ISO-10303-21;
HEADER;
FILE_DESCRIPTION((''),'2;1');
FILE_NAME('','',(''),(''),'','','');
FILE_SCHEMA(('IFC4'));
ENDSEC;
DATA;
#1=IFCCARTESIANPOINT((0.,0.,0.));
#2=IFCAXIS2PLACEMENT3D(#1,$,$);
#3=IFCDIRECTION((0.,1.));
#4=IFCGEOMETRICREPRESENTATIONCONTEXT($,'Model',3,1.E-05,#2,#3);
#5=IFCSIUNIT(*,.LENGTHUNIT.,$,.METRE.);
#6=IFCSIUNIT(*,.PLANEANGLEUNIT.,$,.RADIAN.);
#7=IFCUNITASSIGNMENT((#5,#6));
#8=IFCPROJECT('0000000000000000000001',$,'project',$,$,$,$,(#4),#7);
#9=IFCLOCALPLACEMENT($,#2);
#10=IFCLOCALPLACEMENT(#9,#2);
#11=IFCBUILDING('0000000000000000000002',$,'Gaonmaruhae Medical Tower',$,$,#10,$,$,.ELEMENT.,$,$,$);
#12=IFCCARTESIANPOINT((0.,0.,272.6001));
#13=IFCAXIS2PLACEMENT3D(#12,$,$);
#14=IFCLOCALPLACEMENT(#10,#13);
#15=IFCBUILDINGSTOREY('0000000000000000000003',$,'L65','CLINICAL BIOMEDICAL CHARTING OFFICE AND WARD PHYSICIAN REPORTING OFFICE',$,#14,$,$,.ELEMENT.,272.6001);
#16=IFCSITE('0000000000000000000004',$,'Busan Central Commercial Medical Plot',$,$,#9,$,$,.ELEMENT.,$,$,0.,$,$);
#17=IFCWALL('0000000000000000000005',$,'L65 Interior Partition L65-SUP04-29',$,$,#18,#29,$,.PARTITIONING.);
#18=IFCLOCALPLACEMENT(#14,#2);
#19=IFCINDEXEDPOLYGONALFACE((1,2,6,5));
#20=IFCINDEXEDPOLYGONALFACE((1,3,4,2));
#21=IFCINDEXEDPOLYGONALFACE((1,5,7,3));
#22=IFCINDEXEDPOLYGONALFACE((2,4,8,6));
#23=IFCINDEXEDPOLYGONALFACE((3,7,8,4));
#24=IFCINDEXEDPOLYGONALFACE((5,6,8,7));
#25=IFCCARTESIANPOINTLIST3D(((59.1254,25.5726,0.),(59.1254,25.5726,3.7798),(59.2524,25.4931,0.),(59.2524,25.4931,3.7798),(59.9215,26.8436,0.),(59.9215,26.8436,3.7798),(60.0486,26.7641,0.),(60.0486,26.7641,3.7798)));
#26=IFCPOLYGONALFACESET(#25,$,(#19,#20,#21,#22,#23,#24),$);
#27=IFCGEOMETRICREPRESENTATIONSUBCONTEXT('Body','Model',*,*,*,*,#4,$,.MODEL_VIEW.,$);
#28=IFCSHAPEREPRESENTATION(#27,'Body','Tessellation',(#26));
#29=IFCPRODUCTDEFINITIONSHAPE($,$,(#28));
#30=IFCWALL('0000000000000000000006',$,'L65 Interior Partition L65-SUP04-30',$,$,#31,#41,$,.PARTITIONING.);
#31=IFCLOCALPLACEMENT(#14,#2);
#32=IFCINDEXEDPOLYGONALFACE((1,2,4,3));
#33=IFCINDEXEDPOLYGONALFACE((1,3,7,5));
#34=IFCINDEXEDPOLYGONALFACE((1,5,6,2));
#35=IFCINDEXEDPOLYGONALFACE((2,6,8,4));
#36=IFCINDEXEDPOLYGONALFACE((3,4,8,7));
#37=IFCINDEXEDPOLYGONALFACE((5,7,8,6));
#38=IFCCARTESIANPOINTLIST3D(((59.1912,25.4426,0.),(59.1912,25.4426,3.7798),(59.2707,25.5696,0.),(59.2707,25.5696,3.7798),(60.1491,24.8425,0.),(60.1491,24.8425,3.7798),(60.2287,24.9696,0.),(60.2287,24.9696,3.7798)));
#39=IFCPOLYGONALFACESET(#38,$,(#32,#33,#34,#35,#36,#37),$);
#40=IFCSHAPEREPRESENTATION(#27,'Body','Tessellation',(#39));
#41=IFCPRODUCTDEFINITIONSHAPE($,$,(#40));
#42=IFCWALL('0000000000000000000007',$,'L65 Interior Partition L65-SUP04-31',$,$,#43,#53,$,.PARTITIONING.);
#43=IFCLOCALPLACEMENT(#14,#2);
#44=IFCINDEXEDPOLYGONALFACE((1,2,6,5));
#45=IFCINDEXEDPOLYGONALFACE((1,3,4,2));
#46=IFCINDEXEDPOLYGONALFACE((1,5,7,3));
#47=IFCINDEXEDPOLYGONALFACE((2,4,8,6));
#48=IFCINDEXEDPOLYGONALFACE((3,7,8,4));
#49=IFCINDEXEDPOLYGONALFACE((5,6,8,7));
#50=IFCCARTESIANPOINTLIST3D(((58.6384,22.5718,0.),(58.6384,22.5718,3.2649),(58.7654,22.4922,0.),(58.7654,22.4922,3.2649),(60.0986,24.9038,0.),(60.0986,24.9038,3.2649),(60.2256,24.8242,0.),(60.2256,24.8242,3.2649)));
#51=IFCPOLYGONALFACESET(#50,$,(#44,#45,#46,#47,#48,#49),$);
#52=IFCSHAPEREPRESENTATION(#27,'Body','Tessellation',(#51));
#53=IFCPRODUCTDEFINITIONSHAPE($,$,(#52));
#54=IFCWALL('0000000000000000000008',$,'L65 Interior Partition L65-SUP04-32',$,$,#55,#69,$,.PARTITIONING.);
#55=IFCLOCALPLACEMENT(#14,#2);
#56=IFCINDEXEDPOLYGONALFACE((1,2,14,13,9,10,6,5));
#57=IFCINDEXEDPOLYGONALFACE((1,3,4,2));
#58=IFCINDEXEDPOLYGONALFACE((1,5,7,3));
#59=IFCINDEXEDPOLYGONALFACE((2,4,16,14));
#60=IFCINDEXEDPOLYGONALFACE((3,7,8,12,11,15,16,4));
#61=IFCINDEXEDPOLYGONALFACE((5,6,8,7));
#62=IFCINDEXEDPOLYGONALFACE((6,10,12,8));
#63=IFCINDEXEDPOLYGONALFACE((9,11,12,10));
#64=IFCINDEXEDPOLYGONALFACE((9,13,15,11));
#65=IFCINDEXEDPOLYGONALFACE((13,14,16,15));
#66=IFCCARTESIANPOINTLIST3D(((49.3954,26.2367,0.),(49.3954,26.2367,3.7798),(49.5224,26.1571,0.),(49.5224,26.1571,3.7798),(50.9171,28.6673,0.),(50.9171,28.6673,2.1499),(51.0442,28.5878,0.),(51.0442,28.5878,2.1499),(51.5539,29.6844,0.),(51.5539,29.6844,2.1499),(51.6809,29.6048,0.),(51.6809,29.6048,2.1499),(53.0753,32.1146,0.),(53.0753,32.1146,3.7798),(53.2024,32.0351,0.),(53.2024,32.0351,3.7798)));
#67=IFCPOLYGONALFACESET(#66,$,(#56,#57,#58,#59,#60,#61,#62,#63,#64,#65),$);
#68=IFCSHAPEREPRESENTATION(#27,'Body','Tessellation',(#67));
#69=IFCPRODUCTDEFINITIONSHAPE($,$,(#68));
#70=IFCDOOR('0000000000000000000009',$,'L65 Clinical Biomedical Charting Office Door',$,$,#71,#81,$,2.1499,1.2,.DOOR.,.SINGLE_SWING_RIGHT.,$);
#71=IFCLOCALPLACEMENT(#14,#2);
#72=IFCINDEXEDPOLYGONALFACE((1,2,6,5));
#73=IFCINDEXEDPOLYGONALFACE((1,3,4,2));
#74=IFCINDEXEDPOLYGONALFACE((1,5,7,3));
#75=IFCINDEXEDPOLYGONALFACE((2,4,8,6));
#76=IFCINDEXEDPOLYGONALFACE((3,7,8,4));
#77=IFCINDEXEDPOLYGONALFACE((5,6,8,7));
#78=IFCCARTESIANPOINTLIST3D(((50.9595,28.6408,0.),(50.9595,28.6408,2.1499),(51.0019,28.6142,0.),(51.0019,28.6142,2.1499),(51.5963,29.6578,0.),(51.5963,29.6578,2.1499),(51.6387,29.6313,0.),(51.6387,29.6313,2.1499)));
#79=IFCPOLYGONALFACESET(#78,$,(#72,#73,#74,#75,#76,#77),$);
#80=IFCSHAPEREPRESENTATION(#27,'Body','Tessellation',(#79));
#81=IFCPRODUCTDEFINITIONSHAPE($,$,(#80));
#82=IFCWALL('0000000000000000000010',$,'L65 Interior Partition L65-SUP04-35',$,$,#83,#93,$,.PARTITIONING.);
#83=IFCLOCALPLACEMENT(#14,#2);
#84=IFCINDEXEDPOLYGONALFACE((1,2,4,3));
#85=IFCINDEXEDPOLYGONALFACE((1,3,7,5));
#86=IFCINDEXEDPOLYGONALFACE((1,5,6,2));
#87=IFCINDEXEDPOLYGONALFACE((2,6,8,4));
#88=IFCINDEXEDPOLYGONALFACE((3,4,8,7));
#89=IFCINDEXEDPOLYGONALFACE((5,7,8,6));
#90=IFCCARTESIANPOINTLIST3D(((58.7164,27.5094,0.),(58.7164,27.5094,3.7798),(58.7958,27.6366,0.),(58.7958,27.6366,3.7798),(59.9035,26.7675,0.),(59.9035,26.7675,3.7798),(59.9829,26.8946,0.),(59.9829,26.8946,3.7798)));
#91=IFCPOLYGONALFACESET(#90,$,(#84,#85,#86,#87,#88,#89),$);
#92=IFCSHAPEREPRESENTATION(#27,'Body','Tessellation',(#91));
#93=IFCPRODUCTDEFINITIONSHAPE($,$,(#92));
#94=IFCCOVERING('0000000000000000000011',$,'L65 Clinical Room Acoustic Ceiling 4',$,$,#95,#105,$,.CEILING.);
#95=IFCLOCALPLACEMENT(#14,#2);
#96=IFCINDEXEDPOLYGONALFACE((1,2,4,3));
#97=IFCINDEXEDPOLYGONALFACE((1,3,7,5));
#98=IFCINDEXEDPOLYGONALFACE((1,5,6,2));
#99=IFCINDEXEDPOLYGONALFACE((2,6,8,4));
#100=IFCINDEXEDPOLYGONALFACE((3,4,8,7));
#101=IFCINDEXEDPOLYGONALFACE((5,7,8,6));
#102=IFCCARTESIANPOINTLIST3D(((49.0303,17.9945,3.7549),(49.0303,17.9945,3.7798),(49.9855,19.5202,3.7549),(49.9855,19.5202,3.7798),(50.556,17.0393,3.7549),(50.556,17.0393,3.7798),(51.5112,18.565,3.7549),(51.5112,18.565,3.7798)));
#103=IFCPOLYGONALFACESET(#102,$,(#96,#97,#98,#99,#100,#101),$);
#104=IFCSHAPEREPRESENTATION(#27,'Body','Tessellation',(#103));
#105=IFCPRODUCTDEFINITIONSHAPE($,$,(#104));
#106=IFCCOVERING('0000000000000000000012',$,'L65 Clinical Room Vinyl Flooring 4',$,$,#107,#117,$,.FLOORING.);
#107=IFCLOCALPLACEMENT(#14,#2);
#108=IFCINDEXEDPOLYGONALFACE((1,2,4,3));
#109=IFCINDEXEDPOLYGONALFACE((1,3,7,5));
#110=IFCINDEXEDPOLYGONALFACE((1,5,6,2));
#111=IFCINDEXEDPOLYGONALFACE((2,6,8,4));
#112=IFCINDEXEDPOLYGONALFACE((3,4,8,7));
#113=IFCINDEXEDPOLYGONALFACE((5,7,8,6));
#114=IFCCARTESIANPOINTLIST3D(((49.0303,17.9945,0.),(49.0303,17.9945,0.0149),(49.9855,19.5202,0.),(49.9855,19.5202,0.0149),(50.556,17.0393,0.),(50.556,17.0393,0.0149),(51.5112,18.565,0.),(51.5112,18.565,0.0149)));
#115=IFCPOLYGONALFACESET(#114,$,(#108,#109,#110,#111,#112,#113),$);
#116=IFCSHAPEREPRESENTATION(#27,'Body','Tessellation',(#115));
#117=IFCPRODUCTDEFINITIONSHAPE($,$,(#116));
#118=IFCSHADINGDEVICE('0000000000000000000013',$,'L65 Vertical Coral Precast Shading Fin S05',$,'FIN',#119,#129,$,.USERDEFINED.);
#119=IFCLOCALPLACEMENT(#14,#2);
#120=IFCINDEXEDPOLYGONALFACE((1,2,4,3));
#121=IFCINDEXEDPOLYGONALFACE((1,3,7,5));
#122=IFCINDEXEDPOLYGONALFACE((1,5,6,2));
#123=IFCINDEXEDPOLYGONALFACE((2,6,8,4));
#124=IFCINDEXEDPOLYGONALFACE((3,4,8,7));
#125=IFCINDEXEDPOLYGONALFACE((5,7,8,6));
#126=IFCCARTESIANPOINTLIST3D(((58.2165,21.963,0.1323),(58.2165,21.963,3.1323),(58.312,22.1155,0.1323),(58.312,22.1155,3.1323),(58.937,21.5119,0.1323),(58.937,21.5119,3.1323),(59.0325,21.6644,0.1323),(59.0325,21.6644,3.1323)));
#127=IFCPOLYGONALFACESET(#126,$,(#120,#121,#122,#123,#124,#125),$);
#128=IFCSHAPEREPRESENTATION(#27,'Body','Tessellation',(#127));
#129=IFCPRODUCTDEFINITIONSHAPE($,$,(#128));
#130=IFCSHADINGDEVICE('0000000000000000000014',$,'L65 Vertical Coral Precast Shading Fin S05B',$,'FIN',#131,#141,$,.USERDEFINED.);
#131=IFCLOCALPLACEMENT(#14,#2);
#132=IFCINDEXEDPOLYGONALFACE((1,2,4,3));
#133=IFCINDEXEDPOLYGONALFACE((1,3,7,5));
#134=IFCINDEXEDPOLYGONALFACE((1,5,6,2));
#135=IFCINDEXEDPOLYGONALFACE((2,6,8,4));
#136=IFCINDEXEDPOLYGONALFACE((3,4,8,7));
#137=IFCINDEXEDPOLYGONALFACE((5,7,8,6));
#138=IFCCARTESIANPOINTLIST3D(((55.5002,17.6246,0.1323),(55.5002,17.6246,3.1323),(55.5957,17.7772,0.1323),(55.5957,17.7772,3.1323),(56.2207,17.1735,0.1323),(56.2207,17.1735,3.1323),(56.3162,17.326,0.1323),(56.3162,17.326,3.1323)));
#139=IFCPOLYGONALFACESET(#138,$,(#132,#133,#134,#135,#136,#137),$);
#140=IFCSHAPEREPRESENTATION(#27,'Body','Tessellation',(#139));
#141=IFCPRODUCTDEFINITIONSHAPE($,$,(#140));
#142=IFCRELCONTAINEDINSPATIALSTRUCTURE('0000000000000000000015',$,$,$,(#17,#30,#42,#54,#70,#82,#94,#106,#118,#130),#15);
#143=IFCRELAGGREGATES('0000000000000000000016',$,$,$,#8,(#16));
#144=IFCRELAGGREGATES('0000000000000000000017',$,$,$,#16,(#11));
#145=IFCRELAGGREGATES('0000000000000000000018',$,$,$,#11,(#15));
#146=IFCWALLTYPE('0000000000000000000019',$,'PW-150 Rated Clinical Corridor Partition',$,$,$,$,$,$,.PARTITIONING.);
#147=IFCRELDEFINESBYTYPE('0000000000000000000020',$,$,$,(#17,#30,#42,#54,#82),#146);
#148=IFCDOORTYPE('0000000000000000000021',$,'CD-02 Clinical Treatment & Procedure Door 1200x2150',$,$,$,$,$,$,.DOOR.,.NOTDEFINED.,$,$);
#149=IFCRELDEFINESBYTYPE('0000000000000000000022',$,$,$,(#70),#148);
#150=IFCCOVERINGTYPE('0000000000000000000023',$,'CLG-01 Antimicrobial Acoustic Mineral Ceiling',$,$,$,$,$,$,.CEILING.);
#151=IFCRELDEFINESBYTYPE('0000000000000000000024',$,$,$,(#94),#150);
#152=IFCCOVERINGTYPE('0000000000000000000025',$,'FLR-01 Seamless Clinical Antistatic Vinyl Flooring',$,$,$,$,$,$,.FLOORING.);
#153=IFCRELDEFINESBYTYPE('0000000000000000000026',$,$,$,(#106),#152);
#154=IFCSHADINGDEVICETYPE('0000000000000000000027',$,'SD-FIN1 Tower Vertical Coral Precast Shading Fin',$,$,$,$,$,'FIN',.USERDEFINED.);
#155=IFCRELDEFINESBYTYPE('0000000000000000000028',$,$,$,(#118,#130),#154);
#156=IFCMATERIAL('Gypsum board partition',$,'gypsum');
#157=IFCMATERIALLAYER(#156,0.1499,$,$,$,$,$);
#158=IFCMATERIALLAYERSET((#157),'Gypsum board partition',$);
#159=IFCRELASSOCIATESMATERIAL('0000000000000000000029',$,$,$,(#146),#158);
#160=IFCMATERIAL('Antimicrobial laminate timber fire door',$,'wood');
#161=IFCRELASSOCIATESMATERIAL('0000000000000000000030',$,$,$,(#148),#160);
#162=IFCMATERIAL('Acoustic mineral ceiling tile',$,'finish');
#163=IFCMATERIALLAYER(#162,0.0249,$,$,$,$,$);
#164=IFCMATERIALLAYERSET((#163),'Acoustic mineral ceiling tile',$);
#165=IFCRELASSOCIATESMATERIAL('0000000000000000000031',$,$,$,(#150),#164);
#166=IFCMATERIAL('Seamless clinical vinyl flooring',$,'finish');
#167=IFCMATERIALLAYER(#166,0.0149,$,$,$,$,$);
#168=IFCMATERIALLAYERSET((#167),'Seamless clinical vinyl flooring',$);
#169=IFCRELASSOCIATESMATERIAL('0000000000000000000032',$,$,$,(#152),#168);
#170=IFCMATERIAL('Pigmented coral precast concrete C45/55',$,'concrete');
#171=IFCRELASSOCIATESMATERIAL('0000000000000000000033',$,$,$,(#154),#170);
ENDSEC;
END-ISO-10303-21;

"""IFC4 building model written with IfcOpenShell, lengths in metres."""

from ifc_helpers import new_model, si_unit, direction, frame, frame_2d, origin, origin_2d, place, context, subcontext, project, spatial, rectangle, extrude, material, layer, layer_set, type_object, element, fill, save


model = new_model("IFC4")

# Units and contexts
model_context = context("Model", 3, precision=1e-05, world=origin(), true_north=direction((0.0, 1.0)))
body_context = subcontext(model_context, "Body", "Model", "MODEL_VIEW")
ifc_project = project(units=[si_unit("LENGTHUNIT", "METRE"), si_unit("PLANEANGLEUNIT", "RADIAN")], contexts=[model_context])

# Site, building, storey
site_placement = place(None, origin())
site = spatial("IfcSite", under=ifc_project, at=site_placement, Name="Busan Central Commercial Medical Plot", CompositionType="ELEMENT", RefElevation=0.0)
building_placement = place(site_placement, origin())
building = spatial("IfcBuilding", under=site, at=building_placement, Name="Gaonmaruhae Medical Tower", CompositionType="ELEMENT")
storey_placement = place(building_placement, frame((0.0, 0.0, 272.6001)))
storey = spatial("IfcBuildingStorey", under=building, at=storey_placement, Name="L65", Description="CLINICAL BIOMEDICAL CHARTING OFFICE AND WARD PHYSICIAN REPORTING OFFICE", CompositionType="ELEMENT", Elevation=272.6001)

# Walls
ifc_material_1 = material(Name="Gypsum board partition", Category="gypsum")
ifc_layer_1 = layer(ifc_material_1, 0.1499)
ifc_layer_set_1 = layer_set([ifc_layer_1], Name="Gypsum board partition")
wall_type_1 = type_object("IfcWallType", Name="PW-150 Rated Clinical Corridor Partition", PredefinedType="PARTITIONING", material=ifc_layer_set_1)
wall_1_placement = place(storey_placement, frame((59.9851, 26.804, 0.0), z_axis=(0.0, 0.0, 1.0), x_axis=(-0.530847, -0.847467, 0.0)))
element("IfcWall", 1, at=wall_1_placement, inside=storey, type_object=wall_type_1, Name="L65 Interior Partition L65-SUP04-29", PredefinedType="PARTITIONING", context=body_context, shape_type="SweptSolid", body=[
    extrude(rectangle(XDim=1.4998, YDim=0.1499, at=frame_2d((0.75, 0.0))), origin(), (0.0, 0.0, 1.0), 3.7798),
])
wall_2_placement = place(storey_placement, frame((59.231, 25.5061, 0.0), z_axis=(0.0, 0.0, 1.0), x_axis=(0.847464, -0.530853, 0.0)))
element("IfcWall", 2, at=wall_2_placement, inside=storey, type_object=wall_type_1, Name="L65 Interior Partition L65-SUP04-30", PredefinedType="PARTITIONING", context=body_context, shape_type="SweptSolid", body=[
    extrude(rectangle(XDim=1.1304, YDim=0.1499, at=frame_2d((0.5652, 0.0))), origin(), (0.0, 0.0, 1.0), 3.7798),
])
wall_3_placement = place(storey_placement, frame((60.1621, 24.864, 0.0), z_axis=(0.0, 0.0, 1.0), x_axis=(-0.530701, -0.847559, 0.0)))
element("IfcWall", 3, at=wall_3_placement, inside=storey, type_object=wall_type_1, Name="L65 Interior Partition L65-SUP04-31", PredefinedType="PARTITIONING", context=body_context, shape_type="SweptSolid", body=[
    extrude(rectangle(XDim=2.7515, YDim=0.1499, at=frame_2d((1.3757, 0.0))), origin(), (0.0, 0.0, 1.0), 3.2649),
])

# Wall, opening, door
wall_4_placement = place(storey_placement, frame((49.459, 26.197, 0.0), z_axis=(0.0, 0.0, 1.0), x_axis=(0.530644, 0.847595, 0.0)))
wall_4 = element("IfcWall", 4, at=wall_4_placement, inside=storey, type_object=wall_type_1, Name="L65 Interior Partition L65-SUP04-32", PredefinedType="PARTITIONING", context=body_context, shape_type="SweptSolid", body=[
    extrude(rectangle(XDim=6.9348, YDim=0.1499, at=frame_2d((3.4673, 0.0))), origin(), (0.0, 0.0, 1.0), 3.7798),
])
opening_1_placement = place(wall_4_placement, frame((2.8674, 0.0, 0.0)))
opening_1 = element("IfcOpeningElement", 5, at=opening_1_placement, cuts=wall_4, PredefinedType="OPENING", context=body_context, shape_type="SweptSolid", body=[
    extrude(rectangle(XDim=1.2, YDim=2.1499, at=frame_2d((0.6001, 1.075))), frame((0.0, 0.085, 0.0), z_axis=(0.0, -1.0, 0.0), x_axis=(1.0, 0.0, 0.0)), (0.0, 0.0, 1.0), 0.1699),
])
ifc_material_2 = material(Name="Antimicrobial laminate timber fire door", Category="wood")
door_type = type_object("IfcDoorType", Name="CD-02 Clinical Treatment & Procedure Door 1200x2150", OperationType="NOTDEFINED", PredefinedType="DOOR", material=ifc_material_2)
door_1_placement = place(opening_1_placement, origin())
door_1 = element("IfcDoor", 6, at=door_1_placement, inside=storey, type_object=door_type, Name="L65 Clinical Biomedical Charting Office Door", OperationType="SINGLE_SWING_RIGHT", OverallHeight=2.1499, OverallWidth=1.2, PredefinedType="DOOR", context=body_context, shape_type="SweptSolid", body=[
    extrude(rectangle(XDim=1.2, YDim=2.1499, at=frame_2d((0.6001, 1.075))), frame((0.0, 0.0249, 0.0), z_axis=(0.0, -1.0, 0.0), x_axis=(1.0, 0.0, 0.0)), (0.0, 0.0, 1.0), 0.05),
])
fill(opening_1, door_1)

# Wall
wall_5_placement = place(storey_placement, frame((58.7561, 27.573, 0.0), z_axis=(0.0, 0.0, 1.0), x_axis=(0.847979, -0.53003, 0.0)))
element("IfcWall", 7, at=wall_5_placement, inside=storey, type_object=wall_type_1, Name="L65 Interior Partition L65-SUP04-35", PredefinedType="PARTITIONING", context=body_context, shape_type="SweptSolid", body=[
    extrude(rectangle(XDim=1.3999, YDim=0.1499, at=frame_2d((0.7, 0.0))), origin(), (0.0, 0.0, 1.0), 3.7798),
])

# Coverings
ifc_material_3 = material(Name="Acoustic mineral ceiling tile", Category="finish")
ifc_layer_2 = layer(ifc_material_3, 0.0249)
ifc_layer_set_2 = layer_set([ifc_layer_2], Name="Acoustic mineral ceiling tile")
covering_type_1 = type_object("IfcCoveringType", Name="CLG-01 Antimicrobial Acoustic Mineral Ceiling", PredefinedType="CEILING", material=ifc_layer_set_2)
covering_1_placement = place(storey_placement, frame((50.2708, 18.2798, 3.7549), z_axis=(0.0, 0.0, 1.0), x_axis=(0.530659, 0.847585, 0.0)))
element("IfcCovering", 8, at=covering_1_placement, inside=storey, type_object=covering_type_1, Name="L65 Clinical Room Acoustic Ceiling 4", PredefinedType="CEILING", context=body_context, shape_type="SweptSolid", body=[
    extrude(rectangle(XDim=1.8, YDim=1.8, at=origin_2d()), origin(), (0.0, 0.0, 1.0), 0.0249),
])
ifc_material_4 = material(Name="Seamless clinical vinyl flooring", Category="finish")
ifc_layer_3 = layer(ifc_material_4, 0.0149)
ifc_layer_set_3 = layer_set([ifc_layer_3], Name="Seamless clinical vinyl flooring")
covering_type_2 = type_object("IfcCoveringType", Name="FLR-01 Seamless Clinical Antistatic Vinyl Flooring", PredefinedType="FLOORING", material=ifc_layer_set_3)
covering_2_placement = place(storey_placement, frame((50.2708, 18.2798, 0.0), z_axis=(0.0, 0.0, 1.0), x_axis=(0.530659, 0.847585, 0.0)))
element("IfcCovering", 9, at=covering_2_placement, inside=storey, type_object=covering_type_2, Name="L65 Clinical Room Vinyl Flooring 4", PredefinedType="FLOORING", context=body_context, shape_type="SweptSolid", body=[
    extrude(rectangle(XDim=1.8, YDim=1.8, at=origin_2d()), origin(), (0.0, 0.0, 1.0), 0.0149),
])

# Shading devices
ifc_material_5 = material(Name="Pigmented coral precast concrete C45/55", Category="concrete")
shading_device_type = type_object("IfcShadingDeviceType", Name="SD-FIN1 Tower Vertical Coral Precast Shading Fin", ElementType="FIN", PredefinedType="USERDEFINED", material=ifc_material_5)
for number, where, z_axis, x_axis, name in (
    (10, (58.6245, 21.8137, 0.1323), (0.0, 0.0, 1.0), (-0.530659, -0.847585, 0.0), "L65 Vertical Coral Precast Shading Fin S05"),
    (11, (55.9082, 17.4753, 0.1323), (0.0, 0.0, 1.0), (-0.530659, -0.847585, 0.0), "L65 Vertical Coral Precast Shading Fin S05B"),
):
    element("IfcShadingDevice", number, at=place(storey_placement, frame(where, z_axis=z_axis, x_axis=x_axis)), inside=storey, type_object=shading_device_type, Name=name, ObjectType="FIN", PredefinedType="USERDEFINED", context=body_context, shape_type="SweptSolid", body=[
        extrude(rectangle(XDim=0.1799, YDim=0.8501, at=origin_2d()), origin(), (0.0, 0.0, 1.0), 3.0),
    ])

save(model, "model.ifc")
